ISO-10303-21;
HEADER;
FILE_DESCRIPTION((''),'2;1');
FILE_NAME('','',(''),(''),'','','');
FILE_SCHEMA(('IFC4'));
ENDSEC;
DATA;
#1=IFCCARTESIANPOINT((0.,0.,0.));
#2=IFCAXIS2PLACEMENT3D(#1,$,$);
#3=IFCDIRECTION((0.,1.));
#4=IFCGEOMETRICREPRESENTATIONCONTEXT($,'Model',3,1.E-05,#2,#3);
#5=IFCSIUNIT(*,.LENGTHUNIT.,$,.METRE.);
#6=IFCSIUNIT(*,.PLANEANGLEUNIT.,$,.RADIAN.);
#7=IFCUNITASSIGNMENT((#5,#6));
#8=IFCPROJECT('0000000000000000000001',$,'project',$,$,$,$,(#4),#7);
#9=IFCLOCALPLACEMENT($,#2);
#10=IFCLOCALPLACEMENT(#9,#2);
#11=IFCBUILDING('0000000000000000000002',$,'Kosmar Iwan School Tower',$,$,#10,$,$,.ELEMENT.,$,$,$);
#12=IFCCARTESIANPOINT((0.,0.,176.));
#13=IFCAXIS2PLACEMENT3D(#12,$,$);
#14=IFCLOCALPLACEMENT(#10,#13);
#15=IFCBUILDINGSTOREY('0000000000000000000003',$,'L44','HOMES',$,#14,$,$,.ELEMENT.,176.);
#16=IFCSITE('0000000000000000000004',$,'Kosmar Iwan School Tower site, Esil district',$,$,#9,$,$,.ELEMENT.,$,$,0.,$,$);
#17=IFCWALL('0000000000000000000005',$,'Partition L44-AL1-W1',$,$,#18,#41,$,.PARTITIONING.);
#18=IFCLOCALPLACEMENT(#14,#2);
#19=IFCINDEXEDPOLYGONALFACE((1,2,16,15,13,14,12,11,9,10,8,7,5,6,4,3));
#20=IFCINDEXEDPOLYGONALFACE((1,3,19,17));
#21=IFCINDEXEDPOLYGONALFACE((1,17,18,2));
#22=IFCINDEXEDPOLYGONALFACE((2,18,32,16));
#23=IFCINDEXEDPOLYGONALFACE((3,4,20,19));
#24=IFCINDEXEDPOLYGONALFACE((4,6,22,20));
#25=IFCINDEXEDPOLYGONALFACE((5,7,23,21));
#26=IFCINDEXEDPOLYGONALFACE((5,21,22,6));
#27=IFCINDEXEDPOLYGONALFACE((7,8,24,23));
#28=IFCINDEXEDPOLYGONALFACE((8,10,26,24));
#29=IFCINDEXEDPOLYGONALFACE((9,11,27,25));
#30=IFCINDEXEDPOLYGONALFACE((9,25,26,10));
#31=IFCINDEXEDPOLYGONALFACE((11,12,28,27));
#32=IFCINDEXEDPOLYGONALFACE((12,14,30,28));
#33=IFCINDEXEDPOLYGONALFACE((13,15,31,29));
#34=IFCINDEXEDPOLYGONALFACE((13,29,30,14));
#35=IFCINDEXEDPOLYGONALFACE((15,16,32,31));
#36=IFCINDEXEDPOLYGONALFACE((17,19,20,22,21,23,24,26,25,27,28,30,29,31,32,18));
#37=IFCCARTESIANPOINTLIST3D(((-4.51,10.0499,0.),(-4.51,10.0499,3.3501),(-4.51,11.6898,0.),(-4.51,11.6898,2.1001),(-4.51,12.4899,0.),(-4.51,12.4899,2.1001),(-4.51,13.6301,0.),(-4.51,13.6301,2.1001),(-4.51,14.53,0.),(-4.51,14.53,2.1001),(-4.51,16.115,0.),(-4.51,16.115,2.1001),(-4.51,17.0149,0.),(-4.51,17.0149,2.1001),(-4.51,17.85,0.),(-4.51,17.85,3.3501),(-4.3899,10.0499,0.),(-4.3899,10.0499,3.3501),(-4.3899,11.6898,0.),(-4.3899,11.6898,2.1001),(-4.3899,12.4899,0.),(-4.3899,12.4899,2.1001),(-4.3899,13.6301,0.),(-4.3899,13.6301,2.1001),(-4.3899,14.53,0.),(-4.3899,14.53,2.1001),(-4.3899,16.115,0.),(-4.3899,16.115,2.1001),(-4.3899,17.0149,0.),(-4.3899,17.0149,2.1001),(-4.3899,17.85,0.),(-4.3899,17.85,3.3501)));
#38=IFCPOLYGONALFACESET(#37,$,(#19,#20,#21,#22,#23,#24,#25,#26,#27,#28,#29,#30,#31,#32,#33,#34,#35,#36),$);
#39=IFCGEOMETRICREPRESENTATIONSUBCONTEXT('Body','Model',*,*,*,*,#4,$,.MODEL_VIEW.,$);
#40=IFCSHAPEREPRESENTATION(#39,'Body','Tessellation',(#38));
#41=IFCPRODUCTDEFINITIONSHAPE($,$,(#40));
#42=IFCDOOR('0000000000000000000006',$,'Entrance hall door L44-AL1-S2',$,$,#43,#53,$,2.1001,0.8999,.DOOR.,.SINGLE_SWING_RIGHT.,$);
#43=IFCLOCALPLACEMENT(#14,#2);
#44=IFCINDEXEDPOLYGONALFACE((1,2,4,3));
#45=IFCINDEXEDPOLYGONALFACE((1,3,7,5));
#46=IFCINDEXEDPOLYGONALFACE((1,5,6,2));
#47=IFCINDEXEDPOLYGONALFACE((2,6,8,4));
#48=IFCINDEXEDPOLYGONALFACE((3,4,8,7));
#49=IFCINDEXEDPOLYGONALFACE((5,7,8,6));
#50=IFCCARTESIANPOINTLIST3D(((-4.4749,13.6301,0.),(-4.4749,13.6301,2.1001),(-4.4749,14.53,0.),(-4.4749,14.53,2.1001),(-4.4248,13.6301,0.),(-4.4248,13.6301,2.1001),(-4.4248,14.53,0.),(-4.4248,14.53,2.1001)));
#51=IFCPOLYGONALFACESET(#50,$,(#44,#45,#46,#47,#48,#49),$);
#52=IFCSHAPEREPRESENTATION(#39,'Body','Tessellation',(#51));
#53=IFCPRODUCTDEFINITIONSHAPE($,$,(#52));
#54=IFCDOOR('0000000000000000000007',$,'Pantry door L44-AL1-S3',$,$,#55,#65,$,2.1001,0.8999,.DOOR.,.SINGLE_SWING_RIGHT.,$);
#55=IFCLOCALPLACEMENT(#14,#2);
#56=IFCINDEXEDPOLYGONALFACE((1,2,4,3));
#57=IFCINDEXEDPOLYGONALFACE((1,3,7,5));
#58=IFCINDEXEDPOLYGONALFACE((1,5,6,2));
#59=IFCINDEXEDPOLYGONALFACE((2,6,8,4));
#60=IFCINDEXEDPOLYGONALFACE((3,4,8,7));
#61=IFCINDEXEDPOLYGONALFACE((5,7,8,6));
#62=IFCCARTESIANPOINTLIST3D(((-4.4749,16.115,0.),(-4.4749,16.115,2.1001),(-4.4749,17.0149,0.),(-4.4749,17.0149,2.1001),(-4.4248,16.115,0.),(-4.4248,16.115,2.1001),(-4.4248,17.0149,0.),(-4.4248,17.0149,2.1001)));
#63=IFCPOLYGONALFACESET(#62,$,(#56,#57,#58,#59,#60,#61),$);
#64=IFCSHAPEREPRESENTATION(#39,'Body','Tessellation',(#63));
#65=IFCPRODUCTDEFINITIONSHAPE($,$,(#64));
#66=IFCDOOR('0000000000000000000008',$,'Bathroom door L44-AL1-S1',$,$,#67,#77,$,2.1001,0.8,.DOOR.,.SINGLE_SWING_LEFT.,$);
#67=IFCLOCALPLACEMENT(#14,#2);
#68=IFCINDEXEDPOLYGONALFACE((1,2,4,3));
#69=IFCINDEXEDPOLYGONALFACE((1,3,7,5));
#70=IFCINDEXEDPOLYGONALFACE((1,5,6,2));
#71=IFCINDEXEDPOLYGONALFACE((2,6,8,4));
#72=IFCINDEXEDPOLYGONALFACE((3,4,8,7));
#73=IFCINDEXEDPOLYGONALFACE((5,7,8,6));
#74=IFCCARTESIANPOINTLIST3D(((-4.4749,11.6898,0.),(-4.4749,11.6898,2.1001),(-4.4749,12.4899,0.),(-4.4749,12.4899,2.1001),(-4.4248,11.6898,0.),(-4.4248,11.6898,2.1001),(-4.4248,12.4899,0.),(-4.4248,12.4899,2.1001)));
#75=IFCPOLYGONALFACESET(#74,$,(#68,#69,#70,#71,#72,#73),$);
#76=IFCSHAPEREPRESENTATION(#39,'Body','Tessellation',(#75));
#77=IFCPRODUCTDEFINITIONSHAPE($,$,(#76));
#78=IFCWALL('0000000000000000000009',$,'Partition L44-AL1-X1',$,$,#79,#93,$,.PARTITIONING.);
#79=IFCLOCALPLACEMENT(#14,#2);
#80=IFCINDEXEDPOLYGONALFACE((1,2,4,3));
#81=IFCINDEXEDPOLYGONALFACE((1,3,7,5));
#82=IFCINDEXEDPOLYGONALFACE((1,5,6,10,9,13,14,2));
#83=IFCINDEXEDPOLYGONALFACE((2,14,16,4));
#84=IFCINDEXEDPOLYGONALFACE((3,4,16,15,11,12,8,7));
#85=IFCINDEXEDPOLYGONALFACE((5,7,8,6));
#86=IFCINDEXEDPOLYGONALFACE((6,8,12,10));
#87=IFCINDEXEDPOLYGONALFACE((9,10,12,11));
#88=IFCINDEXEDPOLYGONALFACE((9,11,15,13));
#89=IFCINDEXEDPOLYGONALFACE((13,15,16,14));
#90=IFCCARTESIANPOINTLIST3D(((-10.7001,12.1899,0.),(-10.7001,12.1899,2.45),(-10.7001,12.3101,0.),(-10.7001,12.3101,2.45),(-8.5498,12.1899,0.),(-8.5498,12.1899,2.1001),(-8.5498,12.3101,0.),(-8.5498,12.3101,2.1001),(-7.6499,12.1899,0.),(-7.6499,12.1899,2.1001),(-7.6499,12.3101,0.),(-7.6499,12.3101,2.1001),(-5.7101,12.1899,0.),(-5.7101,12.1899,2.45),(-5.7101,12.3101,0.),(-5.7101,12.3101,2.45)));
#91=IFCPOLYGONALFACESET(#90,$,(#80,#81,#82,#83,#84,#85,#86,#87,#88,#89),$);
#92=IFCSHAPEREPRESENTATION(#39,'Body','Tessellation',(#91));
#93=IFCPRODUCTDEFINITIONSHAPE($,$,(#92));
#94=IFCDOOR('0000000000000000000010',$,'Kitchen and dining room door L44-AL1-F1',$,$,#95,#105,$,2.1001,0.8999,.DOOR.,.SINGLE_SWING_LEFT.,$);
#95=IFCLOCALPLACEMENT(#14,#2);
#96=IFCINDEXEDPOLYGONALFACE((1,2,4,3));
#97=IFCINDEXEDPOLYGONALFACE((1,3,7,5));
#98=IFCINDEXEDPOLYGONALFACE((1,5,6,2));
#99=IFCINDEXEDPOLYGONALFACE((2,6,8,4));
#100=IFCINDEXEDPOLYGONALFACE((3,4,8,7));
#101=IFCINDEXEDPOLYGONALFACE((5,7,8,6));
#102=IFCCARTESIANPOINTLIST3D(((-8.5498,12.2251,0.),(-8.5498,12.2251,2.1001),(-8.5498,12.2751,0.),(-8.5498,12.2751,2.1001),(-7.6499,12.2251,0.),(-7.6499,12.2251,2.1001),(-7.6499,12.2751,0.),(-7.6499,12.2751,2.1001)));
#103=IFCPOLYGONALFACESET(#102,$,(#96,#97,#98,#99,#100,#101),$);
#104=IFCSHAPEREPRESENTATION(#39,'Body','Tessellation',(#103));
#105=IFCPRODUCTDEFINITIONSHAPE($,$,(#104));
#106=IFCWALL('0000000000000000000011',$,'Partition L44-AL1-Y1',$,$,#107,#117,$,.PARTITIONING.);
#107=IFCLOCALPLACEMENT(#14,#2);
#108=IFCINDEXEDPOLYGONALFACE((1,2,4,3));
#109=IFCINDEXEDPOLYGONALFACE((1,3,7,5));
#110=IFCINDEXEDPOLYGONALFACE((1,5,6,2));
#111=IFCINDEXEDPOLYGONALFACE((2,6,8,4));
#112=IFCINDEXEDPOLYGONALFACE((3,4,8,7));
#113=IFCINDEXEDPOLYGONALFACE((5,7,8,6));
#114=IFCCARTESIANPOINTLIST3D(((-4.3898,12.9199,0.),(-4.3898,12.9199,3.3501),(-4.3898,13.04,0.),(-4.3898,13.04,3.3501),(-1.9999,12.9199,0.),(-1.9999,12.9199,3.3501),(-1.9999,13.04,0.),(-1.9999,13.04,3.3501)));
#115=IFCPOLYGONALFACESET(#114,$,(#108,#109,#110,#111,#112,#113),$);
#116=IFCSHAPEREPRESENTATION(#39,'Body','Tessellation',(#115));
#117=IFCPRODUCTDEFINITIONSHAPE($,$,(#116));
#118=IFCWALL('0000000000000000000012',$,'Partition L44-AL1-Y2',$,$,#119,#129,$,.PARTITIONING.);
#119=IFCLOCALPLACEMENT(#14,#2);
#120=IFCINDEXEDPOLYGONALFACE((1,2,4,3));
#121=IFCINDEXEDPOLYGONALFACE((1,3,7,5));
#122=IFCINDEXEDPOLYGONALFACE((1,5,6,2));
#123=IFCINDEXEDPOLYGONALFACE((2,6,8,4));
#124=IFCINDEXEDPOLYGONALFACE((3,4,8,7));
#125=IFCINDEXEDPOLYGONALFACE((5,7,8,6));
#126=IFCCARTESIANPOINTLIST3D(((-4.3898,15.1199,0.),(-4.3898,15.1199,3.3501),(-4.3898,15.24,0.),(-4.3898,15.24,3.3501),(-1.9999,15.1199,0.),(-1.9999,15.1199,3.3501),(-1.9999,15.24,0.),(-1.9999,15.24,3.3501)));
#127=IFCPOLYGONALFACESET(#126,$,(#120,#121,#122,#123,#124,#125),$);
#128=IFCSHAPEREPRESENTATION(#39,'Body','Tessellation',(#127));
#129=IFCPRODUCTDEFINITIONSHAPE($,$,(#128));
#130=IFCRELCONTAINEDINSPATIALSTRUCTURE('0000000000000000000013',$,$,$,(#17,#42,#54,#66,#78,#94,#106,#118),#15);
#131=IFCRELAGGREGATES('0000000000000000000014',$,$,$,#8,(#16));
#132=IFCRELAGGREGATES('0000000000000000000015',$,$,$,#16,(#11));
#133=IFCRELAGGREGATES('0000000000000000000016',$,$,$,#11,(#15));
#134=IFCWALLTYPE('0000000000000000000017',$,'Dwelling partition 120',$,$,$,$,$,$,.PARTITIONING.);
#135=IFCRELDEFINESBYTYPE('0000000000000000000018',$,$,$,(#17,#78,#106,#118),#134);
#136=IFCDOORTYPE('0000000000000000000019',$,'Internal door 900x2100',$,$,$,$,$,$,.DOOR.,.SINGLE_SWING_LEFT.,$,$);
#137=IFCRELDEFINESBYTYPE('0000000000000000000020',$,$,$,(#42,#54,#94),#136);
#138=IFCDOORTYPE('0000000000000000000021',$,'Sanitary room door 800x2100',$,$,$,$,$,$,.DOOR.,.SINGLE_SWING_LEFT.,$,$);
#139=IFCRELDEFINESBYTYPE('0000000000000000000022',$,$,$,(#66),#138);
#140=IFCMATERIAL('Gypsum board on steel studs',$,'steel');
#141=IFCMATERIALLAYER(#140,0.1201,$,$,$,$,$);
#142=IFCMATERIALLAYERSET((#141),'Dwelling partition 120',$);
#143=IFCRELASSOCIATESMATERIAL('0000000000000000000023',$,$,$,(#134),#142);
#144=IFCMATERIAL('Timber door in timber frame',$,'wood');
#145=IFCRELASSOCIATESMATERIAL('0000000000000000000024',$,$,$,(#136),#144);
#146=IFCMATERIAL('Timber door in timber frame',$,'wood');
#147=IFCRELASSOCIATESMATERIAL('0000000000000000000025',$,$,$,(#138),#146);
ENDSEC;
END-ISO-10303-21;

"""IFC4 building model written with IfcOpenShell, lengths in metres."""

from ifc_helpers import new_model, si_unit, direction, frame, frame_2d, origin, place, context, subcontext, project, spatial, rectangle, extrude, material, layer, layer_set, type_object, element, fill, save


model = new_model("IFC4")

# Units and contexts
model_context = context("Model", 3, precision=1e-05, world=origin(), true_north=direction((0.0, 1.0)))
body_context = subcontext(model_context, "Body", "Model", "MODEL_VIEW")
ifc_project = project(units=[si_unit("LENGTHUNIT", "METRE"), si_unit("PLANEANGLEUNIT", "RADIAN")], contexts=[model_context])

# Site, building, storey
site_placement = place(None, origin())
site = spatial("IfcSite", under=ifc_project, at=site_placement, Name="Kosmar Iwan School Tower site, Esil district", CompositionType="ELEMENT", RefElevation=0.0)
building_placement = place(site_placement, origin())
building = spatial("IfcBuilding", under=site, at=building_placement, Name="Kosmar Iwan School Tower", CompositionType="ELEMENT")
storey_placement = place(building_placement, frame((0.0, 0.0, 176.0)))
storey = spatial("IfcBuildingStorey", under=building, at=storey_placement, Name="L44", Description="HOMES", CompositionType="ELEMENT", Elevation=176.0)

# Wall, openings, doors
ifc_material_1 = material(Name="Gypsum board on steel studs", Category="steel")
ifc_layer_1 = layer(ifc_material_1, 0.1201)
ifc_layer_set_1 = layer_set([ifc_layer_1], Name="Dwelling partition 120")
wall_type_1 = type_object("IfcWallType", Name="Dwelling partition 120", PredefinedType="PARTITIONING", material=ifc_layer_set_1)
wall_1_placement = place(storey_placement, frame((-4.45, 10.05, 0.0), z_axis=(0.0, 0.0, 1.0), x_axis=(0.0, 1.0, 0.0)))
wall_1 = element("IfcWall", 1, at=wall_1_placement, inside=storey, type_object=wall_type_1, Name="Partition L44-AL1-W1", PredefinedType="PARTITIONING", context=body_context, shape_type="SweptSolid", body=[
    extrude(rectangle(XDim=7.8, YDim=0.1201, at=frame_2d((3.8999, 0.0))), origin(), (0.0, 0.0, 1.0), 3.3501),
])
opening_1_placement = place(wall_1_placement, frame((1.6399, 0.0, 0.0)))
opening_1 = element("IfcOpeningElement", 2, at=opening_1_placement, cuts=wall_1, PredefinedType="OPENING", context=body_context, shape_type="SweptSolid", body=[
    extrude(rectangle(XDim=0.8, YDim=2.1001, at=frame_2d((0.3999, 1.05))), frame((0.0, 0.072, 0.0), z_axis=(0.0, -1.0, 0.0), x_axis=(1.0, 0.0, 0.0)), (0.0, 0.0, 1.0), 0.144),
])
opening_2_placement = place(wall_1_placement, frame((3.5801, 0.0, 0.0)))
opening_2 = element("IfcOpeningElement", 3, at=opening_2_placement, cuts=wall_1, PredefinedType="OPENING", context=body_context, shape_type="SweptSolid", body=[
    extrude(rectangle(XDim=0.8999, YDim=2.1001, at=frame_2d((0.45, 1.05))), frame((0.0, 0.072, 0.0), z_axis=(0.0, -1.0, 0.0), x_axis=(1.0, 0.0, 0.0)), (0.0, 0.0, 1.0), 0.144),
])
opening_3_placement = place(wall_1_placement, frame((6.0649, 0.0, 0.0)))
opening_3 = element("IfcOpeningElement", 4, at=opening_3_placement, cuts=wall_1, PredefinedType="OPENING", context=body_context, shape_type="SweptSolid", body=[
    extrude(rectangle(XDim=0.8999, YDim=2.1001, at=frame_2d((0.45, 1.05))), frame((0.0, 0.072, 0.0), z_axis=(0.0, -1.0, 0.0), x_axis=(1.0, 0.0, 0.0)), (0.0, 0.0, 1.0), 0.144),
])
ifc_material_2 = material(Name="Timber door in timber frame", Category="wood")
door_type_1 = type_object("IfcDoorType", Name="Internal door 900x2100", OperationType="SINGLE_SWING_LEFT", PredefinedType="DOOR", material=ifc_material_2)
door_1_placement = place(opening_2_placement, origin())
door_1 = element("IfcDoor", 5, at=door_1_placement, inside=storey, type_object=door_type_1, Name="Entrance hall door L44-AL1-S2", OperationType="SINGLE_SWING_RIGHT", OverallHeight=2.1001, OverallWidth=0.8999, PredefinedType="DOOR", context=body_context, shape_type="SweptSolid", body=[
    extrude(rectangle(XDim=0.8999, YDim=2.1001, at=frame_2d((0.45, 1.05))), frame((0.0, 0.0249, 0.0), z_axis=(0.0, -1.0, 0.0), x_axis=(1.0, 0.0, 0.0)), (0.0, 0.0, 1.0), 0.05),
])
fill(opening_2, door_1)
door_2_placement = place(opening_3_placement, origin())
door_2 = element("IfcDoor", 6, at=door_2_placement, inside=storey, type_object=door_type_1, Name="Pantry door L44-AL1-S3", OperationType="SINGLE_SWING_RIGHT", OverallHeight=2.1001, OverallWidth=0.8999, PredefinedType="DOOR", context=body_context, shape_type="SweptSolid", body=[
    extrude(rectangle(XDim=0.8999, YDim=2.1001, at=frame_2d((0.45, 1.05))), frame((0.0, 0.0249, 0.0), z_axis=(0.0, -1.0, 0.0), x_axis=(1.0, 0.0, 0.0)), (0.0, 0.0, 1.0), 0.05),
])
fill(opening_3, door_2)
ifc_material_3 = material(Name="Timber door in timber frame", Category="wood")
door_type_2 = type_object("IfcDoorType", Name="Sanitary room door 800x2100", OperationType="SINGLE_SWING_LEFT", PredefinedType="DOOR", material=ifc_material_3)
door_3_placement = place(opening_1_placement, origin())
door_3 = element("IfcDoor", 7, at=door_3_placement, inside=storey, type_object=door_type_2, Name="Bathroom door L44-AL1-S1", OperationType="SINGLE_SWING_LEFT", OverallHeight=2.1001, OverallWidth=0.8, PredefinedType="DOOR", context=body_context, shape_type="SweptSolid", body=[
    extrude(rectangle(XDim=0.8, YDim=2.1001, at=frame_2d((0.3999, 1.05))), frame((0.0, 0.0249, 0.0), z_axis=(0.0, -1.0, 0.0), x_axis=(1.0, 0.0, 0.0)), (0.0, 0.0, 1.0), 0.05),
])
fill(opening_1, door_3)

# Wall, opening, door
wall_2_placement = place(storey_placement, frame((-5.71, 12.25, 0.0), z_axis=(0.0, 0.0, 1.0), x_axis=(-1.0, 0.0, 0.0)))
wall_2 = element("IfcWall", 8, at=wall_2_placement, inside=storey, type_object=wall_type_1, Name="Partition L44-AL1-X1", PredefinedType="PARTITIONING", context=body_context, shape_type="SweptSolid", body=[
    extrude(rectangle(XDim=4.99, YDim=0.1201, at=frame_2d((2.4951, 0.0))), origin(), (0.0, 0.0, 1.0), 2.45),
])
opening_4_placement = place(wall_2_placement, frame((1.9399, 0.0, 0.0)))
opening_4 = element("IfcOpeningElement", 9, at=opening_4_placement, cuts=wall_2, PredefinedType="OPENING", context=body_context, shape_type="SweptSolid", body=[
    extrude(rectangle(XDim=0.8999, YDim=2.1001, at=frame_2d((0.45, 1.05))), frame((0.0, 0.072, 0.0), z_axis=(0.0, -1.0, 0.0), x_axis=(1.0, 0.0, 0.0)), (0.0, 0.0, 1.0), 0.144),
])
door_4_placement = place(opening_4_placement, origin())
door_4 = element("IfcDoor", 10, at=door_4_placement, inside=storey, type_object=door_type_1, Name="Kitchen and dining room door L44-AL1-F1", OperationType="SINGLE_SWING_LEFT", OverallHeight=2.1001, OverallWidth=0.8999, PredefinedType="DOOR", context=body_context, shape_type="SweptSolid", body=[
    extrude(rectangle(XDim=0.8999, YDim=2.1001, at=frame_2d((0.45, 1.05))), frame((0.0, 0.0249, 0.0), z_axis=(0.0, -1.0, 0.0), x_axis=(1.0, 0.0, 0.0)), (0.0, 0.0, 1.0), 0.05),
])
fill(opening_4, door_4)

# Walls
for number, where, z_axis, x_axis, name in (
    (11, (-2.0, 12.98, 0.0), (0.0, 0.0, 1.0), (-1.0, 0.0, 0.0), "Partition L44-AL1-Y1"),
    (12, (-2.0, 15.1799, 0.0), (0.0, 0.0, 1.0), (-1.0, 0.0, 0.0), "Partition L44-AL1-Y2"),
):
    element("IfcWall", number, at=place(storey_placement, frame(where, z_axis=z_axis, x_axis=x_axis)), inside=storey, type_object=wall_type_1, Name=name, PredefinedType="PARTITIONING", context=body_context, shape_type="SweptSolid", body=[
        extrude(rectangle(XDim=2.3899, YDim=0.1201, at=frame_2d((1.1948, 0.0))), origin(), (0.0, 0.0, 1.0), 3.3501),
    ])

save(model, "model.ifc")
